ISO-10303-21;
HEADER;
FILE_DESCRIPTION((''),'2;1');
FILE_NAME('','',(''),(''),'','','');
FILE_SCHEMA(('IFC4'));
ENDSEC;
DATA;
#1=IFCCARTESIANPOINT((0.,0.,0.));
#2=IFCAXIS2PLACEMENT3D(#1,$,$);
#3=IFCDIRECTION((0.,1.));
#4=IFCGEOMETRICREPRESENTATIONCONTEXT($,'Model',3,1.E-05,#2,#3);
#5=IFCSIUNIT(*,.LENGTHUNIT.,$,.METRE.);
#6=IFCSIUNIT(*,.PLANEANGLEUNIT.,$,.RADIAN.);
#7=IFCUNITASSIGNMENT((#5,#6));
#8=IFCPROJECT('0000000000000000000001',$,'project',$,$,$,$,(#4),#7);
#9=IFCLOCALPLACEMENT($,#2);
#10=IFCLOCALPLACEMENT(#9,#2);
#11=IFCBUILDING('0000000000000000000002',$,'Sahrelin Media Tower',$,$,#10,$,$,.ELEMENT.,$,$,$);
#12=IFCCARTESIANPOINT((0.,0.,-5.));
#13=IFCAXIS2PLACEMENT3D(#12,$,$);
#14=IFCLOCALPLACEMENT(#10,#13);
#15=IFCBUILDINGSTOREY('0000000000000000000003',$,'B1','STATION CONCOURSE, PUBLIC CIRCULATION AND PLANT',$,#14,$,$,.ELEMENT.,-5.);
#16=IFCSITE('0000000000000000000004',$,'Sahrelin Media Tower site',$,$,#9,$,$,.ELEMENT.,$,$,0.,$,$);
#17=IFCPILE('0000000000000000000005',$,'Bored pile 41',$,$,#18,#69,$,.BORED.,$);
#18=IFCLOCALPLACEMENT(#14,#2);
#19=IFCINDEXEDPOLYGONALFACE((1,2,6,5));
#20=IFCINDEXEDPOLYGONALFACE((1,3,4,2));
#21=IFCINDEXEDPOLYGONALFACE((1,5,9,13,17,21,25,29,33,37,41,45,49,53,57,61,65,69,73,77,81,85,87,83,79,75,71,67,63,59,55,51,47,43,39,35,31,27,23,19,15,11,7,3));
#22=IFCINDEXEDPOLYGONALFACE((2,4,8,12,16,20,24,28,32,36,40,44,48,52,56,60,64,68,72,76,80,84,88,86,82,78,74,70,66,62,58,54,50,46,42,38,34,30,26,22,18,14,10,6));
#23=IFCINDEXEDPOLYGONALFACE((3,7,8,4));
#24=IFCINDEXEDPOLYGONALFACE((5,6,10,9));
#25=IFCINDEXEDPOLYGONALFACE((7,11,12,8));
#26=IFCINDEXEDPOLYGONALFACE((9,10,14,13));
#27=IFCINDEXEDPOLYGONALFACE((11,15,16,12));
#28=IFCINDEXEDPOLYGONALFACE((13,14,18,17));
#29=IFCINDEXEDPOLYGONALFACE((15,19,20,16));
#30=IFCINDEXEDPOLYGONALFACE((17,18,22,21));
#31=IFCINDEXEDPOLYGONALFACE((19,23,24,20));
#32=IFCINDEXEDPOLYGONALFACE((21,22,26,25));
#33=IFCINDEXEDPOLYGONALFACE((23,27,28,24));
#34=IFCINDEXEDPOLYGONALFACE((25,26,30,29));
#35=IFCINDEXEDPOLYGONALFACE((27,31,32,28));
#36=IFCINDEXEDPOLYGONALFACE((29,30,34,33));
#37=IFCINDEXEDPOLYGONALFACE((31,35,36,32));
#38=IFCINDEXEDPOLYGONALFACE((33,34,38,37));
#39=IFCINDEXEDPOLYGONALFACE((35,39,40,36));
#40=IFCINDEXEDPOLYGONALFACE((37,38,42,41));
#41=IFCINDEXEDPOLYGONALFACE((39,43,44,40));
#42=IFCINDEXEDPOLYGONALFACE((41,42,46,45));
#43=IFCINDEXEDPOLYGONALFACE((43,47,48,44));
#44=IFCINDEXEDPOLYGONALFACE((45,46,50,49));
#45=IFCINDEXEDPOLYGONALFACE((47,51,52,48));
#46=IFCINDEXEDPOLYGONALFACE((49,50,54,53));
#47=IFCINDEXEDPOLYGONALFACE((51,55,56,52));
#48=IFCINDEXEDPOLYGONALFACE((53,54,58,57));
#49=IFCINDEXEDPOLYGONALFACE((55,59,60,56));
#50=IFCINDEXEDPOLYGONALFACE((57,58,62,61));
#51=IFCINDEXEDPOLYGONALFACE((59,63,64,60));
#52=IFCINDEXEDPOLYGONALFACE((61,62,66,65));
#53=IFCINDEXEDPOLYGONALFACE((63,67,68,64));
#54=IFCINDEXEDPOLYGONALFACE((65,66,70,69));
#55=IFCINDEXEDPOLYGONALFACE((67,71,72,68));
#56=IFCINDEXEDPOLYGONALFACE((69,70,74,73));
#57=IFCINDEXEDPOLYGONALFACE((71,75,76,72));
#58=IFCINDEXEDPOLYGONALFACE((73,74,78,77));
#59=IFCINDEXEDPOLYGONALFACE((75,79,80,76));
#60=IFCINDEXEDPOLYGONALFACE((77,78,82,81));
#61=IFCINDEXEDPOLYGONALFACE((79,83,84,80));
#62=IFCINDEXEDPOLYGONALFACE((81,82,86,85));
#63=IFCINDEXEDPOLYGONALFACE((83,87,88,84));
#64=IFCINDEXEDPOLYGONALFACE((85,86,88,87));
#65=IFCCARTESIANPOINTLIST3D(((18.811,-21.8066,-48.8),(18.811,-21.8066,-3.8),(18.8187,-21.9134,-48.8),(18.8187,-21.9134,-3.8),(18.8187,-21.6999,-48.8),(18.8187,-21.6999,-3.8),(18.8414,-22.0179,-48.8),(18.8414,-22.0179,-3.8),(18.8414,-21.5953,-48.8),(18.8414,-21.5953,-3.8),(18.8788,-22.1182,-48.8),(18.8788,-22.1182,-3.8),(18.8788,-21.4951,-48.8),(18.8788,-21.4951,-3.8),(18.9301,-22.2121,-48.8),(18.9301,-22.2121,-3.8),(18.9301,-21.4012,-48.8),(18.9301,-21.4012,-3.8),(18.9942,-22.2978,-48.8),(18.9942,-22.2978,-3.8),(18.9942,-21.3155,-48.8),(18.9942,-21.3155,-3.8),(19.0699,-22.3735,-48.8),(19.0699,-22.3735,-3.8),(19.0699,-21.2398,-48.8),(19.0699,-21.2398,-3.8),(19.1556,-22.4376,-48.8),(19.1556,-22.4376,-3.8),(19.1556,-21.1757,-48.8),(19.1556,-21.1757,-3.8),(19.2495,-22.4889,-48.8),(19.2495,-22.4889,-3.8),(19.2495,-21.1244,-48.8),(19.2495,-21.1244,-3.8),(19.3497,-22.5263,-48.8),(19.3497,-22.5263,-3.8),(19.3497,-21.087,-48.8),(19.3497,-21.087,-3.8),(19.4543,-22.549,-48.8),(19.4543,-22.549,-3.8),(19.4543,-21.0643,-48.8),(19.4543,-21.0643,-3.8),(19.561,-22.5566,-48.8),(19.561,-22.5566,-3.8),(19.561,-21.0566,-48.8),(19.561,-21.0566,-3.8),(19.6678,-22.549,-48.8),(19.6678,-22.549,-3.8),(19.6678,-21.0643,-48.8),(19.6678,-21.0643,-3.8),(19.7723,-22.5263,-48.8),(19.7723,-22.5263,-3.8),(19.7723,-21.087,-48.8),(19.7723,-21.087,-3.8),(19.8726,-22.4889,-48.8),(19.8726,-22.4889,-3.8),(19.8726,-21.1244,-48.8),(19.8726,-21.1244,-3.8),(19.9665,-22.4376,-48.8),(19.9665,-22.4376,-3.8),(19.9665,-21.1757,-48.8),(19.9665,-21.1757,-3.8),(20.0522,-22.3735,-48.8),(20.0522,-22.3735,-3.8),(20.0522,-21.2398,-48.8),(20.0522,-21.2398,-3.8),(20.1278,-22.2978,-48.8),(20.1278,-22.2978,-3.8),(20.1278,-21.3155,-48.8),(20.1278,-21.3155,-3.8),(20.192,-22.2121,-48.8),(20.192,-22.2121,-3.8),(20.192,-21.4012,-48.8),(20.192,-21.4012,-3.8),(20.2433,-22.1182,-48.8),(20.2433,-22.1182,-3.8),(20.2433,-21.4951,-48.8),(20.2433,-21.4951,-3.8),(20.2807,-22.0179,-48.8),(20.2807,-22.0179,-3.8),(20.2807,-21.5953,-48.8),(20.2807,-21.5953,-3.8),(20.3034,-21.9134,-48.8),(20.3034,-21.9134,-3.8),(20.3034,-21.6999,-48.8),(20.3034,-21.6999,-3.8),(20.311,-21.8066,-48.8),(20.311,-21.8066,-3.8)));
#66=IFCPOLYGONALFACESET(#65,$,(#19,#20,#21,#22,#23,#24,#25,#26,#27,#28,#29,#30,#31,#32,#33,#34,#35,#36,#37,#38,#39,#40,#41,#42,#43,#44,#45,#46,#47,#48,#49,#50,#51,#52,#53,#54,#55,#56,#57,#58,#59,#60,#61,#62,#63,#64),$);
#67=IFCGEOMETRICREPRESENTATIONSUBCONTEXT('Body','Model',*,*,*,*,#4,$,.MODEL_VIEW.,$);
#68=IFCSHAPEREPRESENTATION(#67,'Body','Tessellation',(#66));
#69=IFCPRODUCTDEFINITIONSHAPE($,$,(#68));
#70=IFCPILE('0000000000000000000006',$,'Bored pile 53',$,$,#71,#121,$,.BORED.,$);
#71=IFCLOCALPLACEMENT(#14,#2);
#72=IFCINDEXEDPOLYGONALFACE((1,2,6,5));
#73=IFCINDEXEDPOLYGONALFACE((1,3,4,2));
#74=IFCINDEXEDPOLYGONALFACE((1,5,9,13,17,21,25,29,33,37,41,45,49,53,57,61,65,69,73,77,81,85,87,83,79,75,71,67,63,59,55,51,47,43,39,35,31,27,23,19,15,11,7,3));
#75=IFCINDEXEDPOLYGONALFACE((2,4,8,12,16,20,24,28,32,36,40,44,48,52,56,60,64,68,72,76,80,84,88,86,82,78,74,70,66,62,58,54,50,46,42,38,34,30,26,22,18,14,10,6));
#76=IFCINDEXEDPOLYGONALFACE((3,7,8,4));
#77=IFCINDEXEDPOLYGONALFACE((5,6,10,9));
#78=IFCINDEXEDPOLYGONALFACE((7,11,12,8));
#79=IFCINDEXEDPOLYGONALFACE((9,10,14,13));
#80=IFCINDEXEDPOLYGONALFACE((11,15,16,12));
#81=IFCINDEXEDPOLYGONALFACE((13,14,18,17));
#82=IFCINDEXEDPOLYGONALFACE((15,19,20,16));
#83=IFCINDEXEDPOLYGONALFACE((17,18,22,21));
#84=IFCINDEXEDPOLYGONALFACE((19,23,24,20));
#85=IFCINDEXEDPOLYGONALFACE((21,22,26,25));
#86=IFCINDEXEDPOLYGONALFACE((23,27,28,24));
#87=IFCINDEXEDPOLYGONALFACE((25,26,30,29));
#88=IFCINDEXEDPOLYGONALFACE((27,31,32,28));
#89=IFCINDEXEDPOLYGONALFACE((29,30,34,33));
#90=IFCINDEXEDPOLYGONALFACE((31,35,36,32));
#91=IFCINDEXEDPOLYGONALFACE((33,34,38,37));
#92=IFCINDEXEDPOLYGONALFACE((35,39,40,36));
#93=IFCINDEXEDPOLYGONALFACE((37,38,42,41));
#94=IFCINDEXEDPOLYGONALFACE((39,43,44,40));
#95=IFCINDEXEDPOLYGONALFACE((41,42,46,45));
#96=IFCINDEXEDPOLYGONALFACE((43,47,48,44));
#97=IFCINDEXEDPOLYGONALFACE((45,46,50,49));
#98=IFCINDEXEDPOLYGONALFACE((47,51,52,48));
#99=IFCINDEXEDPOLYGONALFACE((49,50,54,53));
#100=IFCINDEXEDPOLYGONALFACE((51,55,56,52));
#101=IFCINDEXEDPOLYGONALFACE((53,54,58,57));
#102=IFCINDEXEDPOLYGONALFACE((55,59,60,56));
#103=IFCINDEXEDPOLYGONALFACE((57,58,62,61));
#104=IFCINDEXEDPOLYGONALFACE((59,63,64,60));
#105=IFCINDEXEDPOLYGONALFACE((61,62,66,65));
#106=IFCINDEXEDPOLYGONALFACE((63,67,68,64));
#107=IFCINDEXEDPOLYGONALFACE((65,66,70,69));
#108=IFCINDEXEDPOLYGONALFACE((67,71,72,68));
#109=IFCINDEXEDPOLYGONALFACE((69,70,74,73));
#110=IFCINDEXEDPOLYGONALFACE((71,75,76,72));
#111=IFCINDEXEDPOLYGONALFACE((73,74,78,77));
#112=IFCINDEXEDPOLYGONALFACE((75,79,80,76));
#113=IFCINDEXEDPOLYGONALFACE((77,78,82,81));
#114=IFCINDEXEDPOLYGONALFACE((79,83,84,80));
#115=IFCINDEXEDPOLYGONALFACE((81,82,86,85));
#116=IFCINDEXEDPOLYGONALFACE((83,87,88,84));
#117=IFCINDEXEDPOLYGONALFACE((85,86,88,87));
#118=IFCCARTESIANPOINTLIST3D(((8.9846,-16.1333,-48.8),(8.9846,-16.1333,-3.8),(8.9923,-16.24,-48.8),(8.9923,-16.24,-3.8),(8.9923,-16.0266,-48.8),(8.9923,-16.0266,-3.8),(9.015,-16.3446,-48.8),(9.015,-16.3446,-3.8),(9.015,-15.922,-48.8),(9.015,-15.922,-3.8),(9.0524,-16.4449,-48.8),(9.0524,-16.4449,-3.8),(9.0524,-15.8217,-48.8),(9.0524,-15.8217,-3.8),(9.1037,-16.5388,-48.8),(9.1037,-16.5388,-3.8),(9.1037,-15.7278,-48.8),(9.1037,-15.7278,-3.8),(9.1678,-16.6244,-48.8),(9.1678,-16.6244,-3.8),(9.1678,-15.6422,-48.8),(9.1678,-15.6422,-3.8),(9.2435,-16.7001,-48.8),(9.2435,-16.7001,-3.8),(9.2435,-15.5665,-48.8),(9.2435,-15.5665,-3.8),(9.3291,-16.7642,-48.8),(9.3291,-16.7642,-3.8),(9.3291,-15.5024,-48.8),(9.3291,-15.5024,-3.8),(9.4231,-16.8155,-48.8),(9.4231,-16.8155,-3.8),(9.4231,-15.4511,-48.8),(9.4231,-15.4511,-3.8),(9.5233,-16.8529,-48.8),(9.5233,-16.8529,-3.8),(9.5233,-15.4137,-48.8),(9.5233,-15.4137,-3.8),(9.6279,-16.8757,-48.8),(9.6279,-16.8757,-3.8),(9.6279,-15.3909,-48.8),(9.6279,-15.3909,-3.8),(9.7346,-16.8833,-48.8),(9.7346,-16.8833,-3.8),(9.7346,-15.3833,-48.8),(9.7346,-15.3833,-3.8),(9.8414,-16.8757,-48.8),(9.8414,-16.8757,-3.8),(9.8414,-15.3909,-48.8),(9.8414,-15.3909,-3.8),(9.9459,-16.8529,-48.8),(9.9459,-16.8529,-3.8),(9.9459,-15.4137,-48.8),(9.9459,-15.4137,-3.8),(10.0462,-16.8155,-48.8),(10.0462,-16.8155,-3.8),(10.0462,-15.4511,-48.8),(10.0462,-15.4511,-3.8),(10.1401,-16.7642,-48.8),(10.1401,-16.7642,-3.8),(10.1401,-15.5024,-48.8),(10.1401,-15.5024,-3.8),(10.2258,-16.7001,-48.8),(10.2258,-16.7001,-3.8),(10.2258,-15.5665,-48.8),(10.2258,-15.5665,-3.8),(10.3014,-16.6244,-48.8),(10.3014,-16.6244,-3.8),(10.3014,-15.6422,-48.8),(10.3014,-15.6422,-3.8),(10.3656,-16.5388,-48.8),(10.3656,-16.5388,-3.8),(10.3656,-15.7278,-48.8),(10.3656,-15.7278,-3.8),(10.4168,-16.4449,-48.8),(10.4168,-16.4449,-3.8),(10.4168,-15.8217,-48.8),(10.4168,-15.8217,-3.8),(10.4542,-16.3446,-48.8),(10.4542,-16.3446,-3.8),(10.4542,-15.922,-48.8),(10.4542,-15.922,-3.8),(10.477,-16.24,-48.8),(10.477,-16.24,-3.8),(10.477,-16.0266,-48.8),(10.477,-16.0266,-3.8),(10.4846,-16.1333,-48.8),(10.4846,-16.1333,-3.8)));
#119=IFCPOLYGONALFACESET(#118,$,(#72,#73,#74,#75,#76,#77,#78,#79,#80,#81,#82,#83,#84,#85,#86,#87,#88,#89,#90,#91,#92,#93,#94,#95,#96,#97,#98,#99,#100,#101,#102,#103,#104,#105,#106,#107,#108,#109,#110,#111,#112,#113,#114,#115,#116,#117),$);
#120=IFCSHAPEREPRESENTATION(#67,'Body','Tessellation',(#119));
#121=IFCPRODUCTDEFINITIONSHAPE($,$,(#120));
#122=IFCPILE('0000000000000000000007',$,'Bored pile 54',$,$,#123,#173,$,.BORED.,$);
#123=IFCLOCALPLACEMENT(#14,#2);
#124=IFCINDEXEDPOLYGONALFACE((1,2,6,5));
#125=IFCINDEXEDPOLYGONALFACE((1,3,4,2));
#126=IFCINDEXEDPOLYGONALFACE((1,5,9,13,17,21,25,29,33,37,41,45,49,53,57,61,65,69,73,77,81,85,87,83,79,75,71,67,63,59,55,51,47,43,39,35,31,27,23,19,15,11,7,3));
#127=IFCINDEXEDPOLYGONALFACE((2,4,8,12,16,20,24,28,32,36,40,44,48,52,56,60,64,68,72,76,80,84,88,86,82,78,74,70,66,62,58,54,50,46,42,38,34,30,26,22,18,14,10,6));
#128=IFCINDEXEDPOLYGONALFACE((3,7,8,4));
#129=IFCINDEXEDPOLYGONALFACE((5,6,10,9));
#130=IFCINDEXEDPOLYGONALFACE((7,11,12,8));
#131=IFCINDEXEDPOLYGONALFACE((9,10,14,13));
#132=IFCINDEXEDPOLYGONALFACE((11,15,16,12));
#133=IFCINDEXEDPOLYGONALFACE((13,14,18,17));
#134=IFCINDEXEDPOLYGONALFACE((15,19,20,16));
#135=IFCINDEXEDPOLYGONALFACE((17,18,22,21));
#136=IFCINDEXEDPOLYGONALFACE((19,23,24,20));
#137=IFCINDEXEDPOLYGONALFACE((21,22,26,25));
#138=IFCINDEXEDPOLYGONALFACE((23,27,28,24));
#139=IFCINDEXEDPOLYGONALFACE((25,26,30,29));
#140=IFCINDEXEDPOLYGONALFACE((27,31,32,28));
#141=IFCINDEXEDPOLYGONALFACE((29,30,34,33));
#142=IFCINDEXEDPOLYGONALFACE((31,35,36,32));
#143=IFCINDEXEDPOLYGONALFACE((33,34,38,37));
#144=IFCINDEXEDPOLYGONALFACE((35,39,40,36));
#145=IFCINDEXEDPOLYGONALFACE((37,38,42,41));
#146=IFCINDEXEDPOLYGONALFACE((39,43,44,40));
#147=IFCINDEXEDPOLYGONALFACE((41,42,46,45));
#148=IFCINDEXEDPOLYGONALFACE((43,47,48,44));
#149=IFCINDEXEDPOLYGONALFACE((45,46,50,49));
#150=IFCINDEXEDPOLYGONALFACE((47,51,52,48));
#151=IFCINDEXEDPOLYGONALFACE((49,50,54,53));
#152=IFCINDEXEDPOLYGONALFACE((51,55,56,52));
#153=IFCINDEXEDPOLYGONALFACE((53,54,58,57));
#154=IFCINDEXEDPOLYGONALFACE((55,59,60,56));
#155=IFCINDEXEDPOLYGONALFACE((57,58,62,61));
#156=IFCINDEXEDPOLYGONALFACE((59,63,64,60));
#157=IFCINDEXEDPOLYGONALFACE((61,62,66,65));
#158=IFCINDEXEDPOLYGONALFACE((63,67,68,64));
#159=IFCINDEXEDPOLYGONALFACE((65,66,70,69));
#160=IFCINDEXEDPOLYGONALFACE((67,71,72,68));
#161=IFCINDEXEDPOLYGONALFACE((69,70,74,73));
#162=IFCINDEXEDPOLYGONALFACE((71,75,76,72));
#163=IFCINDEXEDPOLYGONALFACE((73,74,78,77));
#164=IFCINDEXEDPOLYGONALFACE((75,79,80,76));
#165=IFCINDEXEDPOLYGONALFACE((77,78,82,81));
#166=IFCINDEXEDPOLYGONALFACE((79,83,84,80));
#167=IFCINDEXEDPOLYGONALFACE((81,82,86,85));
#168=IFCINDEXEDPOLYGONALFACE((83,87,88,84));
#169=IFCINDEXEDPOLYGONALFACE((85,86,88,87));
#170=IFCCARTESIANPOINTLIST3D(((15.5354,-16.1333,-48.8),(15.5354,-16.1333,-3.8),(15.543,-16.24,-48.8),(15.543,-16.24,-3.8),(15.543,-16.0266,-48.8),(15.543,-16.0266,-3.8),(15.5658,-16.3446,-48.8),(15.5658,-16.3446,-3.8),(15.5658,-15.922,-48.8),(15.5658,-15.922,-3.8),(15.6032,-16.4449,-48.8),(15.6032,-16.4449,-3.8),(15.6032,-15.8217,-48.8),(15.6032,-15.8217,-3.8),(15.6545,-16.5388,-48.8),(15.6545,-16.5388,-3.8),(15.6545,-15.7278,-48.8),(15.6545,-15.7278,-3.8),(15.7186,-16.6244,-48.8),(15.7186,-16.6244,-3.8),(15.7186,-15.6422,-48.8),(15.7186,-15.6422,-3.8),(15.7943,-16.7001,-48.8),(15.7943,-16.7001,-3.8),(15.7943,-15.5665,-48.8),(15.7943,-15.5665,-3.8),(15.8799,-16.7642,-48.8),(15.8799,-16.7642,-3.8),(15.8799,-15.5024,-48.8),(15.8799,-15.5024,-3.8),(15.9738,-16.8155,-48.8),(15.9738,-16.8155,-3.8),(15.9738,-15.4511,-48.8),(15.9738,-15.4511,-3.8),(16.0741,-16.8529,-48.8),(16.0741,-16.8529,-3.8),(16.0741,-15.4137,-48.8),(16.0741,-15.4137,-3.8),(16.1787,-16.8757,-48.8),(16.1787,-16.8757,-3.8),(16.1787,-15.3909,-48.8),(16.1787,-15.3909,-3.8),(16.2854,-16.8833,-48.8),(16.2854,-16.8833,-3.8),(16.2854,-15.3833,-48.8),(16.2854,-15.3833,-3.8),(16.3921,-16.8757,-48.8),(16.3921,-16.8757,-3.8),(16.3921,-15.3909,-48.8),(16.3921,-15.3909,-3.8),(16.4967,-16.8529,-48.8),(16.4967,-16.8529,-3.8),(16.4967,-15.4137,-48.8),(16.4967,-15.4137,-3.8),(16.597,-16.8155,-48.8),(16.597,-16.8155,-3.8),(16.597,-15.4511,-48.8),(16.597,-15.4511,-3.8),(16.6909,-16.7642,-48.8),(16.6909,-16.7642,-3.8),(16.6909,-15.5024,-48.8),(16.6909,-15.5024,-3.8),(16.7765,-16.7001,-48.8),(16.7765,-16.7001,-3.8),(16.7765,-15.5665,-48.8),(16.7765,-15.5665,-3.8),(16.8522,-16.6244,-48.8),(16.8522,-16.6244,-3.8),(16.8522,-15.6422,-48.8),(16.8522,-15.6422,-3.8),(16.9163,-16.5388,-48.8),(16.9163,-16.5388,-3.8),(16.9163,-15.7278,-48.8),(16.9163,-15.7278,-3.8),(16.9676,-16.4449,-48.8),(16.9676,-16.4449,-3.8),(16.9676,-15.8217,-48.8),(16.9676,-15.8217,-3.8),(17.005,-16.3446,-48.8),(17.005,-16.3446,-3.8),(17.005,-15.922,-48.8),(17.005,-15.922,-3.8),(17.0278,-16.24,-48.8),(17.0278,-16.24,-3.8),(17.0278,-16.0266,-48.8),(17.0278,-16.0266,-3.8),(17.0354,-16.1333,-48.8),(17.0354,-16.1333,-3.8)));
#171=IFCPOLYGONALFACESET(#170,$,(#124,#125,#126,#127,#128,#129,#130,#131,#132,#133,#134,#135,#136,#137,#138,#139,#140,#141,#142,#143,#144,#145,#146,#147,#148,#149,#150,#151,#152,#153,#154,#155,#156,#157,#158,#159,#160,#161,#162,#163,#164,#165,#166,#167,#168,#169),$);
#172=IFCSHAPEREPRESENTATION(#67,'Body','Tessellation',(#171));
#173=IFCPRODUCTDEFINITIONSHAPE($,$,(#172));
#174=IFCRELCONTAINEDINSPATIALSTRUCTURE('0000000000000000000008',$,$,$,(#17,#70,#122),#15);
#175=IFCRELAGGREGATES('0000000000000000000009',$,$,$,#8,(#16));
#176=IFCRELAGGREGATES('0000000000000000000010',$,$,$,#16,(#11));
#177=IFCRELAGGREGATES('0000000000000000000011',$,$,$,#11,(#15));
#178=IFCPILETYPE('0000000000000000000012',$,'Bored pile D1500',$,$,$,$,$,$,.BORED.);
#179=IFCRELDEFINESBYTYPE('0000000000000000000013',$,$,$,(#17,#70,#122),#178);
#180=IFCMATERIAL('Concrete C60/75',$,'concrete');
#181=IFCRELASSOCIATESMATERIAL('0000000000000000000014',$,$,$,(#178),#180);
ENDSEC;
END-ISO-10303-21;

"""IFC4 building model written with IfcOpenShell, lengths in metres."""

from ifc_helpers import new_model, si_unit, direction, frame, origin, origin_2d, place, context, subcontext, project, spatial, circle, extrude, material, material_profile, profile_set, type_object, element, save


model = new_model("IFC4")

# Units and contexts
model_context = context("Model", 3, precision=1e-05, world=origin(), true_north=direction((0.0, 1.0)))
body_context = subcontext(model_context, "Body", "Model", "MODEL_VIEW")
ifc_project = project(units=[si_unit("LENGTHUNIT", "METRE"), si_unit("PLANEANGLEUNIT", "RADIAN")], contexts=[model_context])

# Site, building, storey
site_placement = place(None, origin())
site = spatial("IfcSite", under=ifc_project, at=site_placement, Name="Sahrelin Media Tower site", CompositionType="ELEMENT", RefElevation=0.0)
building_placement = place(site_placement, origin())
building = spatial("IfcBuilding", under=site, at=building_placement, Name="Sahrelin Media Tower", CompositionType="ELEMENT")
storey_placement = place(building_placement, frame((0.0, 0.0, -5.0)))
storey = spatial("IfcBuildingStorey", under=building, at=storey_placement, Name="B1", Description="STATION CONCOURSE, PUBLIC CIRCULATION AND PLANT", CompositionType="ELEMENT", Elevation=-5.0)

# Piles
ifc_material_1 = material(Name="Concrete C60/75", Category="concrete")
ifc_material_profile_1 = material_profile(ifc_material_1, circle(Radius=0.75, at=origin_2d()), Name="Bored pile D1500")
ifc_profile_set_1 = profile_set([ifc_material_profile_1], Name="Concrete C60/75")
pile_type = type_object("IfcPileType", Name="Bored pile D1500", PredefinedType="BORED", material=ifc_profile_set_1)
for number, where, z_axis, x_axis, name in (
    (1, (19.561, -21.8066, -3.8), (0.0, 0.0, -1.0), (1.0, 0.0, 0.0), "Bored pile 41"),
    (2, (9.7346, -16.1333, -3.8), (0.0, 0.0, -1.0), (1.0, 0.0, 0.0), "Bored pile 53"),
    (3, (16.2854, -16.1333, -3.8), (0.0, 0.0, -1.0), (1.0, 0.0, 0.0), "Bored pile 54"),
):
    element("IfcPile", number, at=place(storey_placement, frame(where, z_axis=z_axis, x_axis=x_axis)), inside=storey, type_object=pile_type, Name=name, PredefinedType="BORED", context=body_context, shape_type="SweptSolid", body=[
        extrude(circle(Radius=0.75, at=origin_2d()), origin(), (0.0, 0.0, 1.0), 45.0),
    ])

save(model, "model.ifc")
